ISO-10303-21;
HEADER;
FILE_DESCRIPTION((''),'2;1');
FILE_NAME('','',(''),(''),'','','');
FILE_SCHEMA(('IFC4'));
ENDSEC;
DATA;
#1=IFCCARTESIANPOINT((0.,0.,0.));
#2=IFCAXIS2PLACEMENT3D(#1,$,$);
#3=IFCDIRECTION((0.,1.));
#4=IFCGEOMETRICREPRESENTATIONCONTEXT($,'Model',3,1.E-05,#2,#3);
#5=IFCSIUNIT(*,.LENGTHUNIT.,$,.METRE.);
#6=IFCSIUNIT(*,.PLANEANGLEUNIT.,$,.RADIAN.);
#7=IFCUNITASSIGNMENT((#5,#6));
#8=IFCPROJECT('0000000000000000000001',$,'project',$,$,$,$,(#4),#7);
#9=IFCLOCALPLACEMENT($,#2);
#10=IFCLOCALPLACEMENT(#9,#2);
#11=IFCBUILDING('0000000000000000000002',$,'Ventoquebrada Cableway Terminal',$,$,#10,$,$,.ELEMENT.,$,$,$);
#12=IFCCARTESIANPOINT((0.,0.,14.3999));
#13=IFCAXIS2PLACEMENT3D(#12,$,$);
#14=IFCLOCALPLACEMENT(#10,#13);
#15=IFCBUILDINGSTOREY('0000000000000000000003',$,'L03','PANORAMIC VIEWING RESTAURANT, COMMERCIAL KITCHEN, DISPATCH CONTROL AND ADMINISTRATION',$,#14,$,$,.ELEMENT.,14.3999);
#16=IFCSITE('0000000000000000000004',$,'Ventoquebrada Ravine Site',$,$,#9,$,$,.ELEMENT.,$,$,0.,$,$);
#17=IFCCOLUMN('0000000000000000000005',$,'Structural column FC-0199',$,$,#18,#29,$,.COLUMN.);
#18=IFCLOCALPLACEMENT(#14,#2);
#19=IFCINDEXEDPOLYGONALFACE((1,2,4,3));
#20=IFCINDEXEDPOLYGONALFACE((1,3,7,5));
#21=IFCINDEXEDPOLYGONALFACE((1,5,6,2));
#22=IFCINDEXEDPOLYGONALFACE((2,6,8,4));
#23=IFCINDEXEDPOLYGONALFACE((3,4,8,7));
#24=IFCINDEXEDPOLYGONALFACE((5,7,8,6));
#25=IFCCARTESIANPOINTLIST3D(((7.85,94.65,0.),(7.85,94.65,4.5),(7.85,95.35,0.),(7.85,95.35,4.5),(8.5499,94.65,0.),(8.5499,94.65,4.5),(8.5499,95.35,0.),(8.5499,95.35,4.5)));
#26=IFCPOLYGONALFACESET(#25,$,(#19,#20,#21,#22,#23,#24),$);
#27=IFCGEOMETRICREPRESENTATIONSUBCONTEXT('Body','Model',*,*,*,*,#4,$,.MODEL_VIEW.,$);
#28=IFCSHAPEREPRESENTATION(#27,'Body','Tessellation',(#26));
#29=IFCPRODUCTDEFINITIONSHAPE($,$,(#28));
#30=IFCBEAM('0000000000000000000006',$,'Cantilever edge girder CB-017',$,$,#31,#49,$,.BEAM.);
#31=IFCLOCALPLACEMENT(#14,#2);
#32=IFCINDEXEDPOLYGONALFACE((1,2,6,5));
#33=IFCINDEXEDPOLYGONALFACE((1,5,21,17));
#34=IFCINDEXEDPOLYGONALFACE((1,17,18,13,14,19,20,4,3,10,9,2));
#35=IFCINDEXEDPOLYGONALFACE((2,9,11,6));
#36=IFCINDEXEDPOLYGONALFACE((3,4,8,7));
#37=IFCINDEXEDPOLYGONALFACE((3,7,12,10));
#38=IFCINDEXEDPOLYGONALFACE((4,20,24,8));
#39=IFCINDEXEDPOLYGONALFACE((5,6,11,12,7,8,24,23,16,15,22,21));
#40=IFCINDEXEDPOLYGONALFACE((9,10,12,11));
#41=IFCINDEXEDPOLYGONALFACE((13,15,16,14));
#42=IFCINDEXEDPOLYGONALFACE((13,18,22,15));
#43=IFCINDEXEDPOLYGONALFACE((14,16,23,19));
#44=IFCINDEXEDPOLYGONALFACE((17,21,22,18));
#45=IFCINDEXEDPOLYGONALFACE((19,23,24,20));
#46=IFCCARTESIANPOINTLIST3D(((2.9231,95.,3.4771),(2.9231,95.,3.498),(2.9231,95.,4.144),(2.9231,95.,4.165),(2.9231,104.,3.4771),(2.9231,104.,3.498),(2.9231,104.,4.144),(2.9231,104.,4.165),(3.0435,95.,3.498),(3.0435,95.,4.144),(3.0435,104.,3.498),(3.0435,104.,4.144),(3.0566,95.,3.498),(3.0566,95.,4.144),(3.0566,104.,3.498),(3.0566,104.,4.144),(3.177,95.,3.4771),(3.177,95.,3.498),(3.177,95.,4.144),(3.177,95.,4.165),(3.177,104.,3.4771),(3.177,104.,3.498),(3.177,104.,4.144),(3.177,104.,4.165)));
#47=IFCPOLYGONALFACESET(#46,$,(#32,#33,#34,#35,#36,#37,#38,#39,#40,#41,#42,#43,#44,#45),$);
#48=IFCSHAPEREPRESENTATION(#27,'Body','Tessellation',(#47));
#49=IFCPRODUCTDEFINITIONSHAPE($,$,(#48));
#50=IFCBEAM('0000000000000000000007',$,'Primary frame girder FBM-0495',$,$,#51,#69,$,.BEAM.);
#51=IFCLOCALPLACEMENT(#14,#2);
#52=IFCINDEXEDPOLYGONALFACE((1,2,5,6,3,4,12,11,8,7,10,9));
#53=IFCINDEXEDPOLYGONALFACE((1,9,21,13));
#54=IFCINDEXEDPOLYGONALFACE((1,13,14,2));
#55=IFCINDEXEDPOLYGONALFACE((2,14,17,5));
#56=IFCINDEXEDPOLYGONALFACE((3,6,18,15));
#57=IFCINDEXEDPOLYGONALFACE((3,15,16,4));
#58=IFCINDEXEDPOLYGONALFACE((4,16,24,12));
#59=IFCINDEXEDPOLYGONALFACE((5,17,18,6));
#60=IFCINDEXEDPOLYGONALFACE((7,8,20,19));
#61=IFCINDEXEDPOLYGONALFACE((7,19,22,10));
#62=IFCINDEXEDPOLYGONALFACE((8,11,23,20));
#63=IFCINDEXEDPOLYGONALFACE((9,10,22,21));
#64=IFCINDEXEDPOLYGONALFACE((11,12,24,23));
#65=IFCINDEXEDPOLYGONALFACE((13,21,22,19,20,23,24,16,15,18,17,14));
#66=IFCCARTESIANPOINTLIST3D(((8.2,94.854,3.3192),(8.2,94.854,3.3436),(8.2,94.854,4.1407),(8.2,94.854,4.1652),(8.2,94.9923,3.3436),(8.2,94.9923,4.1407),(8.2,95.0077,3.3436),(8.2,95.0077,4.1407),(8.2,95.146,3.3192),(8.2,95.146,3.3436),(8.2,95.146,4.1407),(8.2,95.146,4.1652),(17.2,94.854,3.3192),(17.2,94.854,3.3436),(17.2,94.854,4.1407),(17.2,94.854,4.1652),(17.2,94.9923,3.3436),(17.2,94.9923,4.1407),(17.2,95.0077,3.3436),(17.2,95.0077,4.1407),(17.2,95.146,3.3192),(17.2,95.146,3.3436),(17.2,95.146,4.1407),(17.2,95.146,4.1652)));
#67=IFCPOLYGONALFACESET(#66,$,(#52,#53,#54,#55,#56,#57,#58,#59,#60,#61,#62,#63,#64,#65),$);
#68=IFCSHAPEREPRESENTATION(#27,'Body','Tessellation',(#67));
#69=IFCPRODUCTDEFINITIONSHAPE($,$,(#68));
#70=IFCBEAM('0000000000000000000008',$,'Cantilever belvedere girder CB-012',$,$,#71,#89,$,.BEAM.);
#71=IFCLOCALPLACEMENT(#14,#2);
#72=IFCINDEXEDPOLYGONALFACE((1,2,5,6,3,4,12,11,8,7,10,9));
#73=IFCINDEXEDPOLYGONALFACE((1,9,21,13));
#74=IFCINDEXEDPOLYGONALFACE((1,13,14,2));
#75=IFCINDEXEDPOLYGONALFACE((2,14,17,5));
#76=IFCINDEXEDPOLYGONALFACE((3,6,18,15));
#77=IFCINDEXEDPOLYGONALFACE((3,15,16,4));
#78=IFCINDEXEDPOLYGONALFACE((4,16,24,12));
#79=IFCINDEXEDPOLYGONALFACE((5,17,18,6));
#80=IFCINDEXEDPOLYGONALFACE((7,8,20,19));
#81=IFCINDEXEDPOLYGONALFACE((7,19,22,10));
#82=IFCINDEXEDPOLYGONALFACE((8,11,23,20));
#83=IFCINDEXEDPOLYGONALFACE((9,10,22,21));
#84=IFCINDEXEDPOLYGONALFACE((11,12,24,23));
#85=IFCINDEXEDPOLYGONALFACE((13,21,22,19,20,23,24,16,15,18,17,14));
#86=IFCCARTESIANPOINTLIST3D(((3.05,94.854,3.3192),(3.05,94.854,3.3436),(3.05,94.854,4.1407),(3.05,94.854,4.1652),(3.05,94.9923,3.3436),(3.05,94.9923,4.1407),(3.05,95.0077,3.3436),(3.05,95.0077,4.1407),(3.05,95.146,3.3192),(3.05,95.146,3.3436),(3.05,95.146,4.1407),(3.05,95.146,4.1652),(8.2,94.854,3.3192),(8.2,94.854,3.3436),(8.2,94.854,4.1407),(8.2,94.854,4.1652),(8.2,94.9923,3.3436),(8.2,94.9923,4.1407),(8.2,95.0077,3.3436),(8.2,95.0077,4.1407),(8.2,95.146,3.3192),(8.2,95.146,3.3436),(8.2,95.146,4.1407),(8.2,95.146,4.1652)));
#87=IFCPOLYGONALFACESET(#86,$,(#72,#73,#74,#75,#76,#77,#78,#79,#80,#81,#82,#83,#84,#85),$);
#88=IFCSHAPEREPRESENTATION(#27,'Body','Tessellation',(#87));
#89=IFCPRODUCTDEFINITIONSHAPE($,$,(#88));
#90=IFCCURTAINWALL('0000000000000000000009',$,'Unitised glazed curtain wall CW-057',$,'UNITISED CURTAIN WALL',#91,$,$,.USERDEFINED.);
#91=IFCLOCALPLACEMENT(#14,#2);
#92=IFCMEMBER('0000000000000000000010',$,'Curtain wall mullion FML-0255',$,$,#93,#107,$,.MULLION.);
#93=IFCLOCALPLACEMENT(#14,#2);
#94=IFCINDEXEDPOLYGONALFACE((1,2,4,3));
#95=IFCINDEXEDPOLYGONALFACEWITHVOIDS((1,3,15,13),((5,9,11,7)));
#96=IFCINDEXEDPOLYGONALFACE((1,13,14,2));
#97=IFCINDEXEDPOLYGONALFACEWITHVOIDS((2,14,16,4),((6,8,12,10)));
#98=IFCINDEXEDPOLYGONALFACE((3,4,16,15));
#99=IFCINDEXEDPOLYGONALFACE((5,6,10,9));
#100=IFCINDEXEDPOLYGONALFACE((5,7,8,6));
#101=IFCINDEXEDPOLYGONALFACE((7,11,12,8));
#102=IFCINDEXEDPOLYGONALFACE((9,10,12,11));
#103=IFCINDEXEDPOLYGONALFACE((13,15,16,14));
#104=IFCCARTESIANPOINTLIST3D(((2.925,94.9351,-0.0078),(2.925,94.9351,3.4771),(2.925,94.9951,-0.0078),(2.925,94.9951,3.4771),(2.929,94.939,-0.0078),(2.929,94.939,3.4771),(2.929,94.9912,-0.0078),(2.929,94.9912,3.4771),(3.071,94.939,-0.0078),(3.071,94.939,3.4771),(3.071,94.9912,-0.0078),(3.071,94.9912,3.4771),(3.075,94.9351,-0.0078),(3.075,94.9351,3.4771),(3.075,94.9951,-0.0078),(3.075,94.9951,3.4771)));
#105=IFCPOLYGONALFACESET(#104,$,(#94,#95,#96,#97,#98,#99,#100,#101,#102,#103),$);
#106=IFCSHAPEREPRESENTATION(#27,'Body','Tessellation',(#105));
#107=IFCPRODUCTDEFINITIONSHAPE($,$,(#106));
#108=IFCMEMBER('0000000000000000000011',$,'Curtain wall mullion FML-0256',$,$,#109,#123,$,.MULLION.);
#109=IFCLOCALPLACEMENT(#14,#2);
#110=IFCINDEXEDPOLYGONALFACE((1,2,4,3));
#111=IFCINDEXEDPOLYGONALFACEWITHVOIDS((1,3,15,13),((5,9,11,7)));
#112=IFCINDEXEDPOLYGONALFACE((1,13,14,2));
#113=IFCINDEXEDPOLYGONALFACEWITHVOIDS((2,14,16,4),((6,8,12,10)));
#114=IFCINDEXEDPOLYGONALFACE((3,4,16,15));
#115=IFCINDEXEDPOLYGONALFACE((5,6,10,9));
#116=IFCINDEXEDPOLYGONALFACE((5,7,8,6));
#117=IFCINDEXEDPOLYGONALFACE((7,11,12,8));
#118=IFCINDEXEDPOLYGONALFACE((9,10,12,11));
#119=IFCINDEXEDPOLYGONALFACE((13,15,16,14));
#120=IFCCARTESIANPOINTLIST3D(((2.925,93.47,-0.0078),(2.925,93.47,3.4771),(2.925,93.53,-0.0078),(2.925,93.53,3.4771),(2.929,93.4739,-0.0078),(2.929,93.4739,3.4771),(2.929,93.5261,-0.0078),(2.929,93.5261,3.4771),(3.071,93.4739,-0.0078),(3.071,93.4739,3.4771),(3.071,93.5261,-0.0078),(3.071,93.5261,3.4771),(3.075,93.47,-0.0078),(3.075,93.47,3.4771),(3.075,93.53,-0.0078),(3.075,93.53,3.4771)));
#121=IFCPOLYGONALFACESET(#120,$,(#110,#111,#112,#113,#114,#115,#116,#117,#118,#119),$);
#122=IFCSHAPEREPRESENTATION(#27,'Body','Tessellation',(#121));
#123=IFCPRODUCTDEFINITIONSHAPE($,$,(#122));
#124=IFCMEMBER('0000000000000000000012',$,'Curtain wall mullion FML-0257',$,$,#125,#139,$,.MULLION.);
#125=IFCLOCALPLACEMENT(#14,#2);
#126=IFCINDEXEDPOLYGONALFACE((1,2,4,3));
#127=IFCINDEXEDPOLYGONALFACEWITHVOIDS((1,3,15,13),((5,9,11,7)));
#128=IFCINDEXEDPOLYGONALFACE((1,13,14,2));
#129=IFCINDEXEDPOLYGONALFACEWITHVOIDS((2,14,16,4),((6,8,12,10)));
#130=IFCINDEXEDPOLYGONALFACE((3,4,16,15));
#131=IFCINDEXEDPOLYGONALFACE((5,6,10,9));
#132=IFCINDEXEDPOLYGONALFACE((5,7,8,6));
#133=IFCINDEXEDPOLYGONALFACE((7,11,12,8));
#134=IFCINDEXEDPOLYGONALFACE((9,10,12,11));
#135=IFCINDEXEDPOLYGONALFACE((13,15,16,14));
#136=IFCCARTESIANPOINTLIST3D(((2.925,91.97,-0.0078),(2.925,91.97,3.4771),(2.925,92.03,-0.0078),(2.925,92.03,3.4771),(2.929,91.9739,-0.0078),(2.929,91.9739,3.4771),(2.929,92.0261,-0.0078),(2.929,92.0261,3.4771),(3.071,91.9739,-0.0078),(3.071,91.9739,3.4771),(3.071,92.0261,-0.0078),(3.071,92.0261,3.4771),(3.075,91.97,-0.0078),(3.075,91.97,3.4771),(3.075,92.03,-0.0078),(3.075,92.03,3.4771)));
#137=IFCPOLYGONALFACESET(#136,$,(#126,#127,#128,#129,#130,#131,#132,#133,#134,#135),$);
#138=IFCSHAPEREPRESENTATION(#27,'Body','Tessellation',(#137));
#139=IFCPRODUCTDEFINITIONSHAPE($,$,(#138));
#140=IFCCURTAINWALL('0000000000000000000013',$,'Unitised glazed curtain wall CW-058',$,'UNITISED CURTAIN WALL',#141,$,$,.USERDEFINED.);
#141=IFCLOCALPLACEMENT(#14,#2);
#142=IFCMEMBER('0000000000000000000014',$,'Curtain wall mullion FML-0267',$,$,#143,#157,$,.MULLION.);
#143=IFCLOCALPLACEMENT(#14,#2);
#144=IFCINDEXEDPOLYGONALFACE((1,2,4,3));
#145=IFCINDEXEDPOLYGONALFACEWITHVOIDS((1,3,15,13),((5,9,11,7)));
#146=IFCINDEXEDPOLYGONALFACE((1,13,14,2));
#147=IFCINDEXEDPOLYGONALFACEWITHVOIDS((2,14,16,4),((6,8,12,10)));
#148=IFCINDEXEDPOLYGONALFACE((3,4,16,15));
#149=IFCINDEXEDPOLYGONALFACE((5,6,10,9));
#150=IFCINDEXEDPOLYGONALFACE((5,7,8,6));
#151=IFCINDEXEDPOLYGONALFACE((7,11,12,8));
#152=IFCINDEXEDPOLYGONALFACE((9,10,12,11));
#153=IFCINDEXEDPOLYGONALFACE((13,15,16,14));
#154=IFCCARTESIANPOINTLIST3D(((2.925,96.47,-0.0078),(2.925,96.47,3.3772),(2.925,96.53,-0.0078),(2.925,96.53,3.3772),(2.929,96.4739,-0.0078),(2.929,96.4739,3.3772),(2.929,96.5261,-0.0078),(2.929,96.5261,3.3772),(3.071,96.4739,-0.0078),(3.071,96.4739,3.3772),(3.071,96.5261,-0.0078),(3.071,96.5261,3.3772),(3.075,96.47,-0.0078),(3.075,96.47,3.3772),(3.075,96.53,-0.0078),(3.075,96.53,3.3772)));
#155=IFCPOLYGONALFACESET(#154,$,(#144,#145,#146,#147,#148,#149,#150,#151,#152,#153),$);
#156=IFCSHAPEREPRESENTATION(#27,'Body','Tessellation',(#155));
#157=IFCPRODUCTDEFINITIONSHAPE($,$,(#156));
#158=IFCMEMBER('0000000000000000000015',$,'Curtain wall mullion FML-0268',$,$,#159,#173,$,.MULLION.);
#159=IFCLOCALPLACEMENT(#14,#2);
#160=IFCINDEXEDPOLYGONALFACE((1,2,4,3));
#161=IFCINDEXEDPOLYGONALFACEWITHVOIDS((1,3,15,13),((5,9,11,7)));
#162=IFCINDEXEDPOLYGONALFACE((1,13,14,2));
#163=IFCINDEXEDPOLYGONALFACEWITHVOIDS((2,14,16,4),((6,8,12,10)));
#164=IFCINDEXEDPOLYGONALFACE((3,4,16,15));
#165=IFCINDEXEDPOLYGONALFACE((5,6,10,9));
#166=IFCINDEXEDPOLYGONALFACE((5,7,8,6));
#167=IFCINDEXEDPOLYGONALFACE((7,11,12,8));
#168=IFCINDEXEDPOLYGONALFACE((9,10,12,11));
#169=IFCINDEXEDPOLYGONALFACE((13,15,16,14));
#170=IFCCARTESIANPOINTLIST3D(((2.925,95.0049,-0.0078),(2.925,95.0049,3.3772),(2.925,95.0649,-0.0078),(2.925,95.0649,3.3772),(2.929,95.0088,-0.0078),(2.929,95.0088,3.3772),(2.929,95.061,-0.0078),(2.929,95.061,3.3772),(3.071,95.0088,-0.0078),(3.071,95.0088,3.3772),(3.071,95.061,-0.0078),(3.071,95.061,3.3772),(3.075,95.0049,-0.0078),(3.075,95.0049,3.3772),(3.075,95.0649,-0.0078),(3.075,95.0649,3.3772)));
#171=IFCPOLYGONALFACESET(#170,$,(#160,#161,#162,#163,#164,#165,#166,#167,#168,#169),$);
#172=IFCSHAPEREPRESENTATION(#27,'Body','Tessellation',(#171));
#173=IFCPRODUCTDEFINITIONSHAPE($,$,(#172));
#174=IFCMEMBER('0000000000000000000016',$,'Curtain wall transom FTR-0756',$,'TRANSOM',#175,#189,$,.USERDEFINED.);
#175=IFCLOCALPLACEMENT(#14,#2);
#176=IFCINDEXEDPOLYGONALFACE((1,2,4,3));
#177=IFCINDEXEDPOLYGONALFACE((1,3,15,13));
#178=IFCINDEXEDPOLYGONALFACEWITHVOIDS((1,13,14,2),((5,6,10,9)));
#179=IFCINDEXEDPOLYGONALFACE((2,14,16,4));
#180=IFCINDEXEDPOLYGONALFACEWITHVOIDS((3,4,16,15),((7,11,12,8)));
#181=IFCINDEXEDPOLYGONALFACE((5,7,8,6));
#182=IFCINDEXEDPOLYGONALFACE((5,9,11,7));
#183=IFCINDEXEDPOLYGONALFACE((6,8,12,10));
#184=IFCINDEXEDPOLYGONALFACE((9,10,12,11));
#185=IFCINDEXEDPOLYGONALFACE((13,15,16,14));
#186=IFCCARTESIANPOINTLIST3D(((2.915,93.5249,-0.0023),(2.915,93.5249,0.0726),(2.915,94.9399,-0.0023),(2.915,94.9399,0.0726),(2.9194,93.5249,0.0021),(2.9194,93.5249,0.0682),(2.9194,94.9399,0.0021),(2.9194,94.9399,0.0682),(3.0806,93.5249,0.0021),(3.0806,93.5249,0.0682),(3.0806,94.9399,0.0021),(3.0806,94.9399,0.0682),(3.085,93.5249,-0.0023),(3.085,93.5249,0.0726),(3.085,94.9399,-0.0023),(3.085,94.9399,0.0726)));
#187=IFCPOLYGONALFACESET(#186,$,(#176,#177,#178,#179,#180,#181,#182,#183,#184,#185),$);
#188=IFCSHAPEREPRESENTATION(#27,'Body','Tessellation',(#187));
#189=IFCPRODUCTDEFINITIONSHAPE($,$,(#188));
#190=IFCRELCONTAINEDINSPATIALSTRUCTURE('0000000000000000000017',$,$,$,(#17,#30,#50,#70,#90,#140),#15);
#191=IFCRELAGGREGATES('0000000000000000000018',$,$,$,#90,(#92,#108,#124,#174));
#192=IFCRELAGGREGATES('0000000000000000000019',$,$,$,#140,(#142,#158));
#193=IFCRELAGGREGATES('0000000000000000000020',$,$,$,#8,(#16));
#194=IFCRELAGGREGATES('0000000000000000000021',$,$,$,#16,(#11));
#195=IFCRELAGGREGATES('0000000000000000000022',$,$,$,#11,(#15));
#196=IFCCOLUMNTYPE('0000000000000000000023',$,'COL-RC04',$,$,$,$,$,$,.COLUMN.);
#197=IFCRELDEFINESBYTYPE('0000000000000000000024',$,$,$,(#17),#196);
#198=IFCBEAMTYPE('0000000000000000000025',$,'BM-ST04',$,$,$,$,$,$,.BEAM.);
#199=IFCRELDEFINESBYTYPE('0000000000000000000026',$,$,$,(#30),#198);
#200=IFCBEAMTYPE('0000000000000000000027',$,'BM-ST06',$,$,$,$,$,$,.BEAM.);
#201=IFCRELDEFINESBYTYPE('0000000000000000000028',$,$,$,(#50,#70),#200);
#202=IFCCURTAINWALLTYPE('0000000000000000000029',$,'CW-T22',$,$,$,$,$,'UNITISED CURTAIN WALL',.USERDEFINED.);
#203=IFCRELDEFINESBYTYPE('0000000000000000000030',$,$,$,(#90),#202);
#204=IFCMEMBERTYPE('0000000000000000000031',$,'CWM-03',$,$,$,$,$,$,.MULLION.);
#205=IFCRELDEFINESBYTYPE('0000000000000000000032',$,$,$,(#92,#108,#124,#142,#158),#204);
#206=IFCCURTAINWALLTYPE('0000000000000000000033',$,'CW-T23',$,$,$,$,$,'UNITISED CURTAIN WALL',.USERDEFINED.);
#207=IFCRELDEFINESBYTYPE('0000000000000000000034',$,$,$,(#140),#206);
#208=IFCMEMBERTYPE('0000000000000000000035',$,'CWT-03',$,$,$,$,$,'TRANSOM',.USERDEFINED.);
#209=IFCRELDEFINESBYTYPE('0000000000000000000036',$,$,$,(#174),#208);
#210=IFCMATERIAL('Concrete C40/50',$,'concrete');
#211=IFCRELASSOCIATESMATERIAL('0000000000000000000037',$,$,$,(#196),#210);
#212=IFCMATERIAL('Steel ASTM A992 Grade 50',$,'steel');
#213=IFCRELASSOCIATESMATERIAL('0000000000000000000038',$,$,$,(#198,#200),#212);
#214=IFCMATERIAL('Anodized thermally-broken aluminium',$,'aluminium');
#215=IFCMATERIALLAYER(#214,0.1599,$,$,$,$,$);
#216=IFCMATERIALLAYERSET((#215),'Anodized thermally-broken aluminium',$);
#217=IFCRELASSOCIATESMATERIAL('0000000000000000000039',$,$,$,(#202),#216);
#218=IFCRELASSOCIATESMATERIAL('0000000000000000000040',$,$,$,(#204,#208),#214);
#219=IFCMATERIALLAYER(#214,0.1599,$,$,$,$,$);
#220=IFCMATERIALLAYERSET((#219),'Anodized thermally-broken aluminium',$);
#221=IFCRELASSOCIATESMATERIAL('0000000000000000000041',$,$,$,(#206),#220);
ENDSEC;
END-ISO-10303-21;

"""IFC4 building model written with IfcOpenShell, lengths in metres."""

from ifc_helpers import new_model, si_unit, direction, frame, origin, origin_2d, place, context, subcontext, project, spatial, rectangle, hollow_rectangle, i_section, extrude, material, layer, layer_set, material_profile, profile_set, type_object, element, aggregate, save


model = new_model("IFC4")

# Units and contexts
model_context = context("Model", 3, precision=1e-05, world=origin(), true_north=direction((0.0, 1.0)))
body_context = subcontext(model_context, "Body", "Model", "MODEL_VIEW")
ifc_project = project(units=[si_unit("LENGTHUNIT", "METRE"), si_unit("PLANEANGLEUNIT", "RADIAN")], contexts=[model_context])

# Site, building, storey
site_placement = place(None, origin())
site = spatial("IfcSite", under=ifc_project, at=site_placement, Name="Ventoquebrada Ravine Site", CompositionType="ELEMENT", RefElevation=0.0)
building_placement = place(site_placement, origin())
building = spatial("IfcBuilding", under=site, at=building_placement, Name="Ventoquebrada Cableway Terminal", CompositionType="ELEMENT")
storey_placement = place(building_placement, frame((0.0, 0.0, 14.3999)))
storey = spatial("IfcBuildingStorey", under=building, at=storey_placement, Name="L03", Description="PANORAMIC VIEWING RESTAURANT, COMMERCIAL KITCHEN, DISPATCH CONTROL AND ADMINISTRATION", CompositionType="ELEMENT", Elevation=14.3999)

# Column
ifc_material_1 = material(Name="Concrete C40/50", Category="concrete")
ifc_material_profile_1 = material_profile(ifc_material_1, rectangle(XDim=0.7, YDim=0.7, at=origin_2d()), Name="RC-COL-700X700")
ifc_profile_set_1 = profile_set([ifc_material_profile_1], Name="Concrete C40/50")
column_type = type_object("IfcColumnType", Name="COL-RC04", PredefinedType="COLUMN", material=ifc_profile_set_1)
column_placement = place(storey_placement, frame((8.2, 95.0, 0.0), z_axis=(0.0, 0.0, 1.0), x_axis=(1.0, 0.0, 0.0)))
element("IfcColumn", 1, at=column_placement, inside=storey, type_object=column_type, Name="Structural column FC-0199", PredefinedType="COLUMN", context=body_context, shape_type="SweptSolid", body=[
    extrude(rectangle(XDim=0.7, YDim=0.7, at=origin_2d()), origin(), (0.0, 0.0, 1.0), 4.5),
])

# Beams
ifc_material_2 = material(Name="Steel ASTM A992 Grade 50", Category="steel")
ifc_material_profile_2 = material_profile(ifc_material_2, i_section(OverallWidth=0.2539, OverallDepth=0.688, WebThickness=0.0132, FlangeThickness=0.021, at=origin_2d()), Name="W27X102")
ifc_profile_set_2 = profile_set([ifc_material_profile_2], Name="Steel ASTM A992 Grade 50")
beam_type_1 = type_object("IfcBeamType", Name="BM-ST04", PredefinedType="BEAM", material=ifc_profile_set_2)
beam_1_placement = place(storey_placement, frame((3.05, 95.0, 3.821), z_axis=(0.0, 1.0, 0.0), x_axis=(-1.0, 0.0, 0.0)))
element("IfcBeam", 2, at=beam_1_placement, inside=storey, type_object=beam_type_1, Name="Cantilever edge girder CB-017", PredefinedType="BEAM", context=body_context, shape_type="SweptSolid", body=[
    extrude(i_section(OverallWidth=0.2539, OverallDepth=0.688, WebThickness=0.0132, FlangeThickness=0.021, at=origin_2d()), origin(), (0.0, 0.0, 1.0), 9.0),
])
ifc_material_profile_3 = material_profile(ifc_material_2, i_section(OverallWidth=0.292, OverallDepth=0.8459, WebThickness=0.0154, FlangeThickness=0.0244, at=origin_2d()), Name="W33X141")
ifc_profile_set_3 = profile_set([ifc_material_profile_3], Name="Steel ASTM A992 Grade 50")
beam_type_2 = type_object("IfcBeamType", Name="BM-ST06", PredefinedType="BEAM", material=ifc_profile_set_3)
beam_2_placement = place(storey_placement, frame((8.2, 95.0, 3.7422), z_axis=(1.0, 0.0, 0.0), x_axis=(0.0, 1.0, 0.0)))
element("IfcBeam", 3, at=beam_2_placement, inside=storey, type_object=beam_type_2, Name="Primary frame girder FBM-0495", PredefinedType="BEAM", context=body_context, shape_type="SweptSolid", body=[
    extrude(i_section(OverallWidth=0.292, OverallDepth=0.8459, WebThickness=0.0154, FlangeThickness=0.0244, at=origin_2d()), origin(), (0.0, 0.0, 1.0), 9.0),
])
beam_3_placement = place(storey_placement, frame((3.05, 95.0, 3.7422), z_axis=(1.0, 0.0, 0.0), x_axis=(0.0, 1.0, 0.0)))
element("IfcBeam", 4, at=beam_3_placement, inside=storey, type_object=beam_type_2, Name="Cantilever belvedere girder CB-012", PredefinedType="BEAM", context=body_context, shape_type="SweptSolid", body=[
    extrude(i_section(OverallWidth=0.292, OverallDepth=0.8459, WebThickness=0.0154, FlangeThickness=0.0244, at=origin_2d()), origin(), (0.0, 0.0, 1.0), 5.1499),
])

# Curtain walls, members
ifc_material_3 = material(Name="Anodized thermally-broken aluminium", Category="aluminium")
ifc_layer_1 = layer(ifc_material_3, 0.1599)
ifc_layer_set_1 = layer_set([ifc_layer_1], Name="Anodized thermally-broken aluminium")
curtain_wall_type_1 = type_object("IfcCurtainWallType", Name="CW-T22", ElementType="UNITISED CURTAIN WALL", PredefinedType="USERDEFINED", material=ifc_layer_set_1)
curtain_wall_1_placement = place(storey_placement, origin())
curtain_wall_1 = element("IfcCurtainWall", 5, at=curtain_wall_1_placement, inside=storey, type_object=curtain_wall_type_1, Name="Unitised glazed curtain wall CW-057", ObjectType="UNITISED CURTAIN WALL", PredefinedType="USERDEFINED")
ifc_material_profile_4 = material_profile(ifc_material_3, hollow_rectangle(XDim=0.0601, YDim=0.1499, WallThickness=0.0039, at=origin_2d()), Name="CW-MUL-60X150")
ifc_profile_set_4 = profile_set([ifc_material_profile_4], Name="Anodized thermally-broken aluminium")
member_type_1 = type_object("IfcMemberType", Name="CWM-03", PredefinedType="MULLION", material=ifc_profile_set_4)
member_1_placement = place(storey_placement, frame((3.0, 94.9651, -0.0078), z_axis=(0.0, 0.0, 1.0), x_axis=(0.0, -1.0, 0.0)))
member_1 = element("IfcMember", 6, at=member_1_placement, type_object=member_type_1, Name="Curtain wall mullion FML-0255", PredefinedType="MULLION", context=body_context, shape_type="SweptSolid", body=[
    extrude(hollow_rectangle(XDim=0.0601, YDim=0.1499, WallThickness=0.0039, at=origin_2d()), origin(), (0.0, 0.0, 1.0), 3.4849),
])
member_2_placement = place(storey_placement, frame((3.0, 93.5, -0.0078), z_axis=(0.0, 0.0, 1.0), x_axis=(0.0, -1.0, 0.0)))
member_2 = element("IfcMember", 7, at=member_2_placement, type_object=member_type_1, Name="Curtain wall mullion FML-0256", PredefinedType="MULLION", context=body_context, shape_type="SweptSolid", body=[
    extrude(hollow_rectangle(XDim=0.0601, YDim=0.1499, WallThickness=0.0039, at=origin_2d()), origin(), (0.0, 0.0, 1.0), 3.4849),
])
member_3_placement = place(storey_placement, frame((3.0, 92.0, -0.0078), z_axis=(0.0, 0.0, 1.0), x_axis=(0.0, -1.0, 0.0)))
member_3 = element("IfcMember", 8, at=member_3_placement, type_object=member_type_1, Name="Curtain wall mullion FML-0257", PredefinedType="MULLION", context=body_context, shape_type="SweptSolid", body=[
    extrude(hollow_rectangle(XDim=0.0601, YDim=0.1499, WallThickness=0.0039, at=origin_2d()), origin(), (0.0, 0.0, 1.0), 3.4849),
])
ifc_layer_2 = layer(ifc_material_3, 0.1599)
ifc_layer_set_2 = layer_set([ifc_layer_2], Name="Anodized thermally-broken aluminium")
curtain_wall_type_2 = type_object("IfcCurtainWallType", Name="CW-T23", ElementType="UNITISED CURTAIN WALL", PredefinedType="USERDEFINED", material=ifc_layer_set_2)
curtain_wall_2_placement = place(storey_placement, origin())
curtain_wall_2 = element("IfcCurtainWall", 9, at=curtain_wall_2_placement, inside=storey, type_object=curtain_wall_type_2, Name="Unitised glazed curtain wall CW-058", ObjectType="UNITISED CURTAIN WALL", PredefinedType="USERDEFINED")
member_4_placement = place(storey_placement, frame((3.0, 96.5, -0.0078), z_axis=(0.0, 0.0, 1.0), x_axis=(0.0, -1.0, 0.0)))
member_4 = element("IfcMember", 10, at=member_4_placement, type_object=member_type_1, Name="Curtain wall mullion FML-0267", PredefinedType="MULLION", context=body_context, shape_type="SweptSolid", body=[
    extrude(hollow_rectangle(XDim=0.0601, YDim=0.1499, WallThickness=0.0039, at=origin_2d()), origin(), (0.0, 0.0, 1.0), 3.385),
])
member_5_placement = place(storey_placement, frame((3.0, 95.0349, -0.0078), z_axis=(0.0, 0.0, 1.0), x_axis=(0.0, -1.0, 0.0)))
member_5 = element("IfcMember", 11, at=member_5_placement, type_object=member_type_1, Name="Curtain wall mullion FML-0268", PredefinedType="MULLION", context=body_context, shape_type="SweptSolid", body=[
    extrude(hollow_rectangle(XDim=0.0601, YDim=0.1499, WallThickness=0.0039, at=origin_2d()), origin(), (0.0, 0.0, 1.0), 3.385),
])

# Member
ifc_material_profile_5 = material_profile(ifc_material_3, hollow_rectangle(XDim=0.075, YDim=0.1699, WallThickness=0.0044, at=origin_2d()), Name="CW-TRN-75X170")
ifc_profile_set_5 = profile_set([ifc_material_profile_5], Name="Anodized thermally-broken aluminium")
member_type_2 = type_object("IfcMemberType", Name="CWT-03", ElementType="TRANSOM", PredefinedType="USERDEFINED", material=ifc_profile_set_5)
member_6_placement = place(storey_placement, frame((3.0, 94.9399, 0.0352), z_axis=(0.0, -1.0, 0.0), x_axis=(0.0, 0.0, 1.0)))
member_6 = element("IfcMember", 12, at=member_6_placement, type_object=member_type_2, Name="Curtain wall transom FTR-0756", ObjectType="TRANSOM", PredefinedType="USERDEFINED", context=body_context, shape_type="SweptSolid", body=[
    extrude(hollow_rectangle(XDim=0.075, YDim=0.1699, WallThickness=0.0044, at=origin_2d()), origin(), (0.0, 0.0, 1.0), 1.415),
])

aggregate(curtain_wall_1, [member_1, member_2, member_3, member_6])
aggregate(curtain_wall_2, [member_4, member_5])

save(model, "model.ifc")
